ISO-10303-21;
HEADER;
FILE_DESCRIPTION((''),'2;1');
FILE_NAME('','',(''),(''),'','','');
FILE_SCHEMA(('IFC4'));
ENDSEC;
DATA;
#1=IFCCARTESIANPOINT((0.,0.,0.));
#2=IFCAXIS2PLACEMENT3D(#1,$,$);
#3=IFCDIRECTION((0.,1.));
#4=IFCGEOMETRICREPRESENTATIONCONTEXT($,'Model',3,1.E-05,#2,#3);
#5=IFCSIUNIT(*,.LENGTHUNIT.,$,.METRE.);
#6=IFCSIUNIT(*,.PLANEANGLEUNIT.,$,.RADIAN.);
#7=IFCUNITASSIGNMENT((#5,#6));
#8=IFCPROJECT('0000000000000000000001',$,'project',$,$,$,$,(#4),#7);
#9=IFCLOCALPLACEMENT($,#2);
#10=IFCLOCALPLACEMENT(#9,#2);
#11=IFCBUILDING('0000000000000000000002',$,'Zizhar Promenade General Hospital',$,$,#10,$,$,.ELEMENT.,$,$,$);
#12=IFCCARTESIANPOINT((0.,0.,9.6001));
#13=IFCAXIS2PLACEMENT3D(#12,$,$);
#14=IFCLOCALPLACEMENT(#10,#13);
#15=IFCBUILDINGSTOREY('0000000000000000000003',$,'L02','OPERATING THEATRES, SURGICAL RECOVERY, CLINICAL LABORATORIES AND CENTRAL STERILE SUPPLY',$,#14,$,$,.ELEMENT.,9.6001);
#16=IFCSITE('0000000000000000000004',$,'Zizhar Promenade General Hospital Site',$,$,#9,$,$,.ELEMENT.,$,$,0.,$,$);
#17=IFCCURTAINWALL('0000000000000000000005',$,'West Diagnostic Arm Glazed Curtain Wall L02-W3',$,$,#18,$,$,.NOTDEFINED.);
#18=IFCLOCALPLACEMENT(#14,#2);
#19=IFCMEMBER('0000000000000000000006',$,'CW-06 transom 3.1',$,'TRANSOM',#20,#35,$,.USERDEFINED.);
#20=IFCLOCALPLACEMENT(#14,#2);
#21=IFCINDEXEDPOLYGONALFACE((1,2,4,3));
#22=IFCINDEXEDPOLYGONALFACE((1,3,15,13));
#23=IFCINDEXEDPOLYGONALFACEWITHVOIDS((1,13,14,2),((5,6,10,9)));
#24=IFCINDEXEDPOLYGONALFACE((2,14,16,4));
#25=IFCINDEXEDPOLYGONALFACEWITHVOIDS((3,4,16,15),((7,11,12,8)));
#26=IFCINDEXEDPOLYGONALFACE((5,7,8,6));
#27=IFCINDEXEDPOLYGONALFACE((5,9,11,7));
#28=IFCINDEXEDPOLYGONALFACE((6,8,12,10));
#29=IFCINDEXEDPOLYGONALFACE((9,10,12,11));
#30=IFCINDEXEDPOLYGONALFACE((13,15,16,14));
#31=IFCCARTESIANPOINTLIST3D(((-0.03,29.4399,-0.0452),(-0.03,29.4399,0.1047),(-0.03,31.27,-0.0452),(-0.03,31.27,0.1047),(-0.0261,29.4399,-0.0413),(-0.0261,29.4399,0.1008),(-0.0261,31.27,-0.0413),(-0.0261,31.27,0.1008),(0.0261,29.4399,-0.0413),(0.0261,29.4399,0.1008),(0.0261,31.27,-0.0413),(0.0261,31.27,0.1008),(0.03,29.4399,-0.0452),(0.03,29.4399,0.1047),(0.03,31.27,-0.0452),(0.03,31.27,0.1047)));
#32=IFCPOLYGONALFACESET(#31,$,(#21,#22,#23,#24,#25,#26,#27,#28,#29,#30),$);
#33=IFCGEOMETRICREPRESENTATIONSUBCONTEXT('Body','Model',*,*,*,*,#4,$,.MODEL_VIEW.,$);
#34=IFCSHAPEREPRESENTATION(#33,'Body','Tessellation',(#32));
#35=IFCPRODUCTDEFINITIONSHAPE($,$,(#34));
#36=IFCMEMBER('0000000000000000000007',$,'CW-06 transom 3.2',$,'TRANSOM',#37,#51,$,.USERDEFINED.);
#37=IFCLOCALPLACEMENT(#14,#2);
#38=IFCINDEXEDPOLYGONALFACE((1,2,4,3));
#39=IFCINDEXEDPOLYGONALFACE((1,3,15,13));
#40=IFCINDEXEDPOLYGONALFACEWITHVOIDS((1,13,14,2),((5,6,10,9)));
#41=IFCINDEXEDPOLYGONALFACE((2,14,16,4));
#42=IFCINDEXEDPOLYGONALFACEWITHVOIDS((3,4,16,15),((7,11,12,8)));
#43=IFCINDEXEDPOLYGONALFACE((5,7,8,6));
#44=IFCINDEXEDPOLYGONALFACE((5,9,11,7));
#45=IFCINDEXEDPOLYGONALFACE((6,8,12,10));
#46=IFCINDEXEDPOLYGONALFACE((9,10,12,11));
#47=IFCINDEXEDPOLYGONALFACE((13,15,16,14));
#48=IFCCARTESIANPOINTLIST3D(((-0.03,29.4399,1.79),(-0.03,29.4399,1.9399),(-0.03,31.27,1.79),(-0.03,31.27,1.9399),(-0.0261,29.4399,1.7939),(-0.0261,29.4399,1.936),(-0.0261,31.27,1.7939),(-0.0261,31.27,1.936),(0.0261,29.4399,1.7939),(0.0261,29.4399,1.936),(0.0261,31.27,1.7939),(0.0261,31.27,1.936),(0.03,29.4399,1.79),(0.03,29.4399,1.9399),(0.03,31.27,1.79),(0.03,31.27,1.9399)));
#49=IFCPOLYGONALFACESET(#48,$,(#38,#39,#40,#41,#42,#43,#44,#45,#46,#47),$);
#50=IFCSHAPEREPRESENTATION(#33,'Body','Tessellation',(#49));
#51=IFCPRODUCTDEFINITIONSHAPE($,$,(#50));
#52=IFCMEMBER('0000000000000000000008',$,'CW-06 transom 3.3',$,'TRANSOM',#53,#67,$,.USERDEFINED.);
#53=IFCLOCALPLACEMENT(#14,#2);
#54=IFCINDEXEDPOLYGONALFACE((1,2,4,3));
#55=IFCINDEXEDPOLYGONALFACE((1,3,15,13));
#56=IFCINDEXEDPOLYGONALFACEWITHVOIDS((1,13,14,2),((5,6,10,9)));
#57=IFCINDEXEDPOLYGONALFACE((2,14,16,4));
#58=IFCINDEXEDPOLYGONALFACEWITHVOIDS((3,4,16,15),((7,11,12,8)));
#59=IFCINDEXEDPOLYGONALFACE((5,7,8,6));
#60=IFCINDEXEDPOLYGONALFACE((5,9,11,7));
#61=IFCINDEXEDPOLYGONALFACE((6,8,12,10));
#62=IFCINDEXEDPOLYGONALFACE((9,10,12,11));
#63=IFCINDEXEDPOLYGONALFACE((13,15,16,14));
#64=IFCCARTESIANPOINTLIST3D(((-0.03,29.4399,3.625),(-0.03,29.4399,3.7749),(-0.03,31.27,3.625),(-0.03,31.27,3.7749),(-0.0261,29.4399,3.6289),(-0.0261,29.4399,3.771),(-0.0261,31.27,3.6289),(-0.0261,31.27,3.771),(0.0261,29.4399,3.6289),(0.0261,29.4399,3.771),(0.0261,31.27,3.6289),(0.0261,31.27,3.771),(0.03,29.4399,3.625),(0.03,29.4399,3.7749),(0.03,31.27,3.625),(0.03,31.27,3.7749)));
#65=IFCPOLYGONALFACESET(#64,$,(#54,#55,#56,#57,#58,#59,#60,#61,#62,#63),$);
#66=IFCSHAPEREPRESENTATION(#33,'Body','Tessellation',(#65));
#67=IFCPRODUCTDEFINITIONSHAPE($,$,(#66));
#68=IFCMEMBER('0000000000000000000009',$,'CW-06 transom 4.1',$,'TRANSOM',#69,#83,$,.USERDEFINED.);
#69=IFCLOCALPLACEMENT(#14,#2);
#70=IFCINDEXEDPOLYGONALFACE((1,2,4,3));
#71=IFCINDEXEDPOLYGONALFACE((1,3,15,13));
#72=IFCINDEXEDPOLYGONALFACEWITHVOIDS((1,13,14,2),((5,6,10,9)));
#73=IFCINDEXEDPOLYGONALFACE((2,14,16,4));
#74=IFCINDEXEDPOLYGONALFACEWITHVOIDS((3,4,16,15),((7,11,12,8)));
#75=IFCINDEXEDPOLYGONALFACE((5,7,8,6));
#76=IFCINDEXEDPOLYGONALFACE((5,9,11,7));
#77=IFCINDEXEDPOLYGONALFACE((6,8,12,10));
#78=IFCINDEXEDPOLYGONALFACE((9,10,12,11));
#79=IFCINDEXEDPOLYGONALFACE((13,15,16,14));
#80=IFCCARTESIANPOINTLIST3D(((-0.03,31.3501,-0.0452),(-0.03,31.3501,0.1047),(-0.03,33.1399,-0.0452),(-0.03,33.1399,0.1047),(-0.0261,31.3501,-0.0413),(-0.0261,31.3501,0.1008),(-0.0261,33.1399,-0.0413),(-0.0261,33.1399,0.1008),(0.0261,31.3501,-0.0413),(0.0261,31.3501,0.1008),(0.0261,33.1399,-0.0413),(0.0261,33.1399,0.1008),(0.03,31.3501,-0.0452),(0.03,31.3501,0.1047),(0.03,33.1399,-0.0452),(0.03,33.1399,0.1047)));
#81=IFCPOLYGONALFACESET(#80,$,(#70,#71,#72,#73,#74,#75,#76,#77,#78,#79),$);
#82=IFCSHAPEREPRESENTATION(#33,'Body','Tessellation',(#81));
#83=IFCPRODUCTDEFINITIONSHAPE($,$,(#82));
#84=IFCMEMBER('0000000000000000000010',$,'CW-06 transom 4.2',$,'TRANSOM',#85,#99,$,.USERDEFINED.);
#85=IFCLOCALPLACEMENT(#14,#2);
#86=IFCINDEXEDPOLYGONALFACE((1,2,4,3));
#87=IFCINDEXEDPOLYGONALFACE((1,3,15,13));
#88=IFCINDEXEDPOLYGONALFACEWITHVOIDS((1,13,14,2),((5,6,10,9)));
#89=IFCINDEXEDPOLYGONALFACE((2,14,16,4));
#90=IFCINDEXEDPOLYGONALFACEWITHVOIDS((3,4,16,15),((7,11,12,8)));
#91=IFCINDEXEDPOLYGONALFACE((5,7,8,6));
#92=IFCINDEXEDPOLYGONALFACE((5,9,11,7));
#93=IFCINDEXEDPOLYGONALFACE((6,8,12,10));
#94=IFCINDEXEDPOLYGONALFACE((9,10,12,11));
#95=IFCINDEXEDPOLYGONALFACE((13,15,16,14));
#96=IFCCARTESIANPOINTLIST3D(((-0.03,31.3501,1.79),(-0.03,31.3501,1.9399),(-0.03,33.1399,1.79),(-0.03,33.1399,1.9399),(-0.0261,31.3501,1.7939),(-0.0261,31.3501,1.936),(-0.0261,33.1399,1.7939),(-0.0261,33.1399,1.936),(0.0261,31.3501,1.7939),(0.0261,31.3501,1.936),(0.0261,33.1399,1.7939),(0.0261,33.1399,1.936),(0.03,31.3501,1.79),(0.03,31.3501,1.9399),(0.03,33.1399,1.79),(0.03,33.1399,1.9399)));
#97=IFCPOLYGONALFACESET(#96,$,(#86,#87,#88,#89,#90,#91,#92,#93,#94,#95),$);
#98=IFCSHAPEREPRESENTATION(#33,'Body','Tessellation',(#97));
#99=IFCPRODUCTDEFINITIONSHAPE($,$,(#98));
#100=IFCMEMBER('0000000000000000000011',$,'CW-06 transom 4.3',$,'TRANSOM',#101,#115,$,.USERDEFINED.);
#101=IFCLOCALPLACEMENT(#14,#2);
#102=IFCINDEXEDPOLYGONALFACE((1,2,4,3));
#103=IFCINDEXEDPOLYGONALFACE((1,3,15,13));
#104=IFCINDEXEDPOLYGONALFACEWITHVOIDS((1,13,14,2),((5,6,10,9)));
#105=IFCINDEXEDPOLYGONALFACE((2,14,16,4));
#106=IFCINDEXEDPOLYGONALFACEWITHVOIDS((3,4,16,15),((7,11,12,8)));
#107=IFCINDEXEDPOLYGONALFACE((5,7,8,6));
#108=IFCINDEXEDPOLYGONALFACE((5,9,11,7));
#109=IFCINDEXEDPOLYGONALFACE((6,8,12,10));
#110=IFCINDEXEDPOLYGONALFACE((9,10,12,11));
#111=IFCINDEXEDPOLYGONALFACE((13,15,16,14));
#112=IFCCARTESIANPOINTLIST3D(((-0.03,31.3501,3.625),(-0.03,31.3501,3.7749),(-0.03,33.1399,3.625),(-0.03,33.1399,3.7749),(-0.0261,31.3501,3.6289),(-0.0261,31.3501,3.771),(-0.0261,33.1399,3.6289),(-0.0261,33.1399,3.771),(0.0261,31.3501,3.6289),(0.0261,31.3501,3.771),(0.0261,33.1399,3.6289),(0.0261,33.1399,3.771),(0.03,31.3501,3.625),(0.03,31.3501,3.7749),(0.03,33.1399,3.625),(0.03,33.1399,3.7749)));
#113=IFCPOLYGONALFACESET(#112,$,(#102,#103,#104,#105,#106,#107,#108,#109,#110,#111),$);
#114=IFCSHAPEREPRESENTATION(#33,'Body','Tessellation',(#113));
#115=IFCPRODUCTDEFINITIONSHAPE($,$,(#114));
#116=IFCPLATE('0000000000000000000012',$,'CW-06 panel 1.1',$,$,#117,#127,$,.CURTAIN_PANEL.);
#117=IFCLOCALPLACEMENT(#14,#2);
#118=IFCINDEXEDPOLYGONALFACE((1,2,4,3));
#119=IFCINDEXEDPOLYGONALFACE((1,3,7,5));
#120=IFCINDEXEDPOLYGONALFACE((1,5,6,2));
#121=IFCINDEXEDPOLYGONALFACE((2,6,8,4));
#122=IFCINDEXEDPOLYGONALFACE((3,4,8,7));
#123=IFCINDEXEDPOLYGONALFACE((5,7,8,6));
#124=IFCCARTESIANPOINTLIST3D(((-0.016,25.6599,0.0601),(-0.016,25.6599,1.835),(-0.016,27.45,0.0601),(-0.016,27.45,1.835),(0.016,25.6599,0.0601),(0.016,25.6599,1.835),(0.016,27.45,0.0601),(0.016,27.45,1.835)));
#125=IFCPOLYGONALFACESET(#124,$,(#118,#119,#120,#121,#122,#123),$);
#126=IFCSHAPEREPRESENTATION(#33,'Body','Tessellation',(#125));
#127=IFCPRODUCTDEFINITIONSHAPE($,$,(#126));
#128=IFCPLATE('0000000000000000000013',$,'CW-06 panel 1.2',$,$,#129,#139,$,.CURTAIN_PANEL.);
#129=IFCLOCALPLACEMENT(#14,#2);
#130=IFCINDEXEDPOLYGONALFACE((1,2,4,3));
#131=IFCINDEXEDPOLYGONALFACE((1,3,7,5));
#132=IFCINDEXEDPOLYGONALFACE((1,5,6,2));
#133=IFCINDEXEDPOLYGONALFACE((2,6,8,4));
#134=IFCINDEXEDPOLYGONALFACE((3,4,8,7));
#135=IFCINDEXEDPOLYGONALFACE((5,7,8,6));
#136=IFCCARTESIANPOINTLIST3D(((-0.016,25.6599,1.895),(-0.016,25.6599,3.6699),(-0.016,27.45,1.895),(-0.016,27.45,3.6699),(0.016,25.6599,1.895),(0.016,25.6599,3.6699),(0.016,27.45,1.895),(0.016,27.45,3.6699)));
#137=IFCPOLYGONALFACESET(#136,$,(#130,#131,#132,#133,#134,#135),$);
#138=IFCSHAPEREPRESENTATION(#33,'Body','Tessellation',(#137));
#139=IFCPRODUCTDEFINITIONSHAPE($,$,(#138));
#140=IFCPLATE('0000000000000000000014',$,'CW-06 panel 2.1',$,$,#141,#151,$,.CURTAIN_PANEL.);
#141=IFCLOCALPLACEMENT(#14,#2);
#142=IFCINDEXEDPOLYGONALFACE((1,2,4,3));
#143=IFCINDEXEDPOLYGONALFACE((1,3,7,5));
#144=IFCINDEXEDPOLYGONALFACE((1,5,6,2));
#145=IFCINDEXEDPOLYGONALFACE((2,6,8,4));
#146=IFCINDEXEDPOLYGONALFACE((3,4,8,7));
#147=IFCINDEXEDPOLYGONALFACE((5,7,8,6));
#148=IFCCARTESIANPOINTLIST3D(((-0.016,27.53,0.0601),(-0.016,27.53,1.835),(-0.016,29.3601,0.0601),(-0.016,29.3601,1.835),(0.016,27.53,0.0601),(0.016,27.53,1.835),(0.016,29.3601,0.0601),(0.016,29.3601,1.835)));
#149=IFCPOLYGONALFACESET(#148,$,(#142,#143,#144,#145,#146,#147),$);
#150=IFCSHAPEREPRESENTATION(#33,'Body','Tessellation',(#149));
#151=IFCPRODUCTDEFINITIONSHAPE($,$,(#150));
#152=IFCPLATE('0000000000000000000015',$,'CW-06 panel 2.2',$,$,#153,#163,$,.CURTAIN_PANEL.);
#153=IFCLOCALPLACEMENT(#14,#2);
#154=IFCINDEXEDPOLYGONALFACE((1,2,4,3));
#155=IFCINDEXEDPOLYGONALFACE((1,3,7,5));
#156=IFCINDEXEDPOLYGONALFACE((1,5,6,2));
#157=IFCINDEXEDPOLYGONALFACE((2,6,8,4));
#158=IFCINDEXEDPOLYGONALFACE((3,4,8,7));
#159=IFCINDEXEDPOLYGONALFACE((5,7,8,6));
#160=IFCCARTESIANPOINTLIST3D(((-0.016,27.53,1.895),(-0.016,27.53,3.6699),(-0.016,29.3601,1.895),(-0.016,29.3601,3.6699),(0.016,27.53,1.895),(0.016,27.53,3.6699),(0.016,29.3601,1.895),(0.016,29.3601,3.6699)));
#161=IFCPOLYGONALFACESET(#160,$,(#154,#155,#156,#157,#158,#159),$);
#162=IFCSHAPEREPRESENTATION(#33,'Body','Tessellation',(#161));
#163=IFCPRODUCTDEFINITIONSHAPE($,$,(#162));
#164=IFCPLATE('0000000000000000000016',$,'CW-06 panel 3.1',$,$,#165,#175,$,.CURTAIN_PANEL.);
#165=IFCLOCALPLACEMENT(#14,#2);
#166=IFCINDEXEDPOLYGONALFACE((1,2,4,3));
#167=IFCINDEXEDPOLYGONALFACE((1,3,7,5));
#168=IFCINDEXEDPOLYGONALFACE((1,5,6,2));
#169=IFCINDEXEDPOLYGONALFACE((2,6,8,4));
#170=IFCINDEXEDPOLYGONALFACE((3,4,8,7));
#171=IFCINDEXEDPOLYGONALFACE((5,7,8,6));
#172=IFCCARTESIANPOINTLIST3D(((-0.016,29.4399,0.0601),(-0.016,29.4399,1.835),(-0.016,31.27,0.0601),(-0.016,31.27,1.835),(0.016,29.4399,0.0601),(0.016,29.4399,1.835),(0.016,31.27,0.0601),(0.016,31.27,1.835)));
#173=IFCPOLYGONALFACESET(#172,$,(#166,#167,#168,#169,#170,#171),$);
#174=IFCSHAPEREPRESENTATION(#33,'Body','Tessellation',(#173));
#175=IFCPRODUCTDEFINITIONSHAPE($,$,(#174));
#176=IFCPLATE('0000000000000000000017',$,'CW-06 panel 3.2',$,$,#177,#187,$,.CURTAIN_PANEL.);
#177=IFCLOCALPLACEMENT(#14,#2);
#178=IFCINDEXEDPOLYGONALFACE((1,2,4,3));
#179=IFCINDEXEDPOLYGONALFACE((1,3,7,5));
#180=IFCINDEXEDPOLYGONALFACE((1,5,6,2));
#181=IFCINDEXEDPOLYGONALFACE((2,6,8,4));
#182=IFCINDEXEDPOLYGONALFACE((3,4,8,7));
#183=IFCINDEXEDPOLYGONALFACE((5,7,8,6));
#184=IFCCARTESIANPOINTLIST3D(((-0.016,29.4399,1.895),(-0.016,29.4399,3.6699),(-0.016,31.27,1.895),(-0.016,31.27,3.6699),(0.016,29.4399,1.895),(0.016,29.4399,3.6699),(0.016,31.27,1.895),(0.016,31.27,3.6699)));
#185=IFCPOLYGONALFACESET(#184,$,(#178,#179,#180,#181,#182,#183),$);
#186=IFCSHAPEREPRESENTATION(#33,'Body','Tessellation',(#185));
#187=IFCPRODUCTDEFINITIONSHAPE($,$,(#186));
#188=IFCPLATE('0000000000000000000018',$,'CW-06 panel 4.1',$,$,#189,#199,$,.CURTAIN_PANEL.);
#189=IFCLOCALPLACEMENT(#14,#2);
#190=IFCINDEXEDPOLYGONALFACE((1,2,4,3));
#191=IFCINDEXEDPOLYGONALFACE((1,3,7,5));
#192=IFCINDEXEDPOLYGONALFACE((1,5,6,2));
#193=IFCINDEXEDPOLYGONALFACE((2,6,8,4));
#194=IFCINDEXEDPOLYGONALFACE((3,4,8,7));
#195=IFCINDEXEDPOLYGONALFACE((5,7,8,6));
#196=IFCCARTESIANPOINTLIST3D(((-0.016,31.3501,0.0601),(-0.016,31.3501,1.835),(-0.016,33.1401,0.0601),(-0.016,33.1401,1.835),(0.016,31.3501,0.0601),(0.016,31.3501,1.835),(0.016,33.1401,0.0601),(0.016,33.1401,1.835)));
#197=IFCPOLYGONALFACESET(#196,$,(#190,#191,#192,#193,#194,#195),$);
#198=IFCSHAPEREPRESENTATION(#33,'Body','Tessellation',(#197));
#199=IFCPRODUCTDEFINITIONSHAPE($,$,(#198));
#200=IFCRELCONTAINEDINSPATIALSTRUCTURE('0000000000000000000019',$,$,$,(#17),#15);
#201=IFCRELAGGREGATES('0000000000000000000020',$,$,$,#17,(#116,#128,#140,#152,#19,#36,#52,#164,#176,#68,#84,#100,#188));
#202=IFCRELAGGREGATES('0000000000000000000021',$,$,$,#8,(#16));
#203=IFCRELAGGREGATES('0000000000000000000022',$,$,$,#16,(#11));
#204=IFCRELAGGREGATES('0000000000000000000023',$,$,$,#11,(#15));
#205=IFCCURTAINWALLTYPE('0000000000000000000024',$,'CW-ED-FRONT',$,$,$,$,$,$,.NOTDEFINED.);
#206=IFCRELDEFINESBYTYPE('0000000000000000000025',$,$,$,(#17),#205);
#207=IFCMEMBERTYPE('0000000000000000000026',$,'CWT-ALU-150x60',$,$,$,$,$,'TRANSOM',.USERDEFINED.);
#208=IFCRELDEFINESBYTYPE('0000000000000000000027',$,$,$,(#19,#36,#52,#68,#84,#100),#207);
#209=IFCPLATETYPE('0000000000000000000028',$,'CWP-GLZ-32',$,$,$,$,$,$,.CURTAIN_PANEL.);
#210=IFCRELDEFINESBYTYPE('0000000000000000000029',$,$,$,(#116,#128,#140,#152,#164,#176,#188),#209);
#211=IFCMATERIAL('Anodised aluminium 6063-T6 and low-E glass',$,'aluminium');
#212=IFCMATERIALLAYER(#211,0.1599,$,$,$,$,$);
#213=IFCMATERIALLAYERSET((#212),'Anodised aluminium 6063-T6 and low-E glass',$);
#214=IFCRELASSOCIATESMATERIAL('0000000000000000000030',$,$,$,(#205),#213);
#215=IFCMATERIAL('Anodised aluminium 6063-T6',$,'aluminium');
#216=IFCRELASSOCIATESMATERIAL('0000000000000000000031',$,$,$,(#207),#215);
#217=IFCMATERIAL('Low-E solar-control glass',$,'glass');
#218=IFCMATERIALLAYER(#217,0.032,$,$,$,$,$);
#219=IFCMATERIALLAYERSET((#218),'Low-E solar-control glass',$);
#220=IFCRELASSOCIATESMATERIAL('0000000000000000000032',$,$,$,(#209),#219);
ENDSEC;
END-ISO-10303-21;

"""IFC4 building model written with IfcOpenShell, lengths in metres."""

from ifc_helpers import new_model, si_unit, direction, frame, origin, origin_2d, place, context, subcontext, project, spatial, rectangle, hollow_rectangle, extrude, material, layer, layer_set, material_profile, profile_set, type_object, element, aggregate, save


model = new_model("IFC4")

# Units and contexts
model_context = context("Model", 3, precision=1e-05, world=origin(), true_north=direction((0.0, 1.0)))
body_context = subcontext(model_context, "Body", "Model", "MODEL_VIEW")
ifc_project = project(units=[si_unit("LENGTHUNIT", "METRE"), si_unit("PLANEANGLEUNIT", "RADIAN")], contexts=[model_context])

# Site, building, storey
site_placement = place(None, origin())
site = spatial("IfcSite", under=ifc_project, at=site_placement, Name="Zizhar Promenade General Hospital Site", CompositionType="ELEMENT", RefElevation=0.0)
building_placement = place(site_placement, origin())
building = spatial("IfcBuilding", under=site, at=building_placement, Name="Zizhar Promenade General Hospital", CompositionType="ELEMENT")
storey_placement = place(building_placement, frame((0.0, 0.0, 9.6001)))
storey = spatial("IfcBuildingStorey", under=building, at=storey_placement, Name="L02", Description="OPERATING THEATRES, SURGICAL RECOVERY, CLINICAL LABORATORIES AND CENTRAL STERILE SUPPLY", CompositionType="ELEMENT", Elevation=9.6001)

# Curtain wall, members, plates
ifc_material_1 = material(Name="Anodised aluminium 6063-T6 and low-E glass", Category="aluminium")
ifc_layer_1 = layer(ifc_material_1, 0.1599)
ifc_layer_set_1 = layer_set([ifc_layer_1], Name="Anodised aluminium 6063-T6 and low-E glass")
curtain_wall_type = type_object("IfcCurtainWallType", Name="CW-ED-FRONT", PredefinedType="NOTDEFINED", material=ifc_layer_set_1)
curtain_wall_placement = place(storey_placement, origin())
curtain_wall = element("IfcCurtainWall", 1, at=curtain_wall_placement, inside=storey, type_object=curtain_wall_type, Name="West Diagnostic Arm Glazed Curtain Wall L02-W3", PredefinedType="NOTDEFINED")
ifc_material_2 = material(Name="Anodised aluminium 6063-T6", Category="aluminium")
ifc_material_profile_1 = material_profile(ifc_material_2, hollow_rectangle(XDim=0.0601, YDim=0.1499, WallThickness=0.0039, at=origin_2d()))
ifc_profile_set_1 = profile_set([ifc_material_profile_1], Name="Anodised aluminium 6063-T6")
member_type_1 = type_object("IfcMemberType", Name="CWT-ALU-150x60", ElementType="TRANSOM", PredefinedType="USERDEFINED", material=ifc_profile_set_1)
member_1_placement = place(storey_placement, frame((0.0, 29.4399, 0.0298), z_axis=(0.0, 1.0, 0.0), x_axis=(-1.0, 0.0, 0.0)))
member_1 = element("IfcMember", 2, at=member_1_placement, type_object=member_type_1, Name="CW-06 transom 3.1", ObjectType="TRANSOM", PredefinedType="USERDEFINED", context=body_context, shape_type="SweptSolid", body=[
    extrude(hollow_rectangle(XDim=0.0601, YDim=0.1499, WallThickness=0.0039, at=origin_2d()), origin(), (0.0, 0.0, 1.0), 1.8301),
])
member_2_placement = place(storey_placement, frame((0.0, 29.4399, 1.865), z_axis=(0.0, 1.0, 0.0), x_axis=(-1.0, 0.0, 0.0)))
member_2 = element("IfcMember", 3, at=member_2_placement, type_object=member_type_1, Name="CW-06 transom 3.2", ObjectType="TRANSOM", PredefinedType="USERDEFINED", context=body_context, shape_type="SweptSolid", body=[
    extrude(hollow_rectangle(XDim=0.0601, YDim=0.1499, WallThickness=0.0039, at=origin_2d()), origin(), (0.0, 0.0, 1.0), 1.8301),
])
member_3_placement = place(storey_placement, frame((0.0, 29.4399, 3.7), z_axis=(0.0, 1.0, 0.0), x_axis=(-1.0, 0.0, 0.0)))
member_3 = element("IfcMember", 4, at=member_3_placement, type_object=member_type_1, Name="CW-06 transom 3.3", ObjectType="TRANSOM", PredefinedType="USERDEFINED", context=body_context, shape_type="SweptSolid", body=[
    extrude(hollow_rectangle(XDim=0.0601, YDim=0.1499, WallThickness=0.0039, at=origin_2d()), origin(), (0.0, 0.0, 1.0), 1.8301),
])
member_4_placement = place(storey_placement, frame((0.0, 31.3501, 0.0298), z_axis=(0.0, 1.0, 0.0), x_axis=(-1.0, 0.0, 0.0)))
member_4 = element("IfcMember", 5, at=member_4_placement, type_object=member_type_1, Name="CW-06 transom 4.1", ObjectType="TRANSOM", PredefinedType="USERDEFINED", context=body_context, shape_type="SweptSolid", body=[
    extrude(hollow_rectangle(XDim=0.0601, YDim=0.1499, WallThickness=0.0039, at=origin_2d()), origin(), (0.0, 0.0, 1.0), 1.7898),
])
member_5_placement = place(storey_placement, frame((0.0, 31.3501, 1.865), z_axis=(0.0, 1.0, 0.0), x_axis=(-1.0, 0.0, 0.0)))
member_5 = element("IfcMember", 6, at=member_5_placement, type_object=member_type_1, Name="CW-06 transom 4.2", ObjectType="TRANSOM", PredefinedType="USERDEFINED", context=body_context, shape_type="SweptSolid", body=[
    extrude(hollow_rectangle(XDim=0.0601, YDim=0.1499, WallThickness=0.0039, at=origin_2d()), origin(), (0.0, 0.0, 1.0), 1.7898),
])
member_6_placement = place(storey_placement, frame((0.0, 31.3501, 3.7), z_axis=(0.0, 1.0, 0.0), x_axis=(-1.0, 0.0, 0.0)))
member_6 = element("IfcMember", 7, at=member_6_placement, type_object=member_type_1, Name="CW-06 transom 4.3", ObjectType="TRANSOM", PredefinedType="USERDEFINED", context=body_context, shape_type="SweptSolid", body=[
    extrude(hollow_rectangle(XDim=0.0601, YDim=0.1499, WallThickness=0.0039, at=origin_2d()), origin(), (0.0, 0.0, 1.0), 1.7898),
])
ifc_material_3 = material(Name="Low-E solar-control glass", Category="glass")
ifc_layer_2 = layer(ifc_material_3, 0.032)
ifc_layer_set_2 = layer_set([ifc_layer_2], Name="Low-E solar-control glass")
plate_type = type_object("IfcPlateType", Name="CWP-GLZ-32", PredefinedType="CURTAIN_PANEL", material=ifc_layer_set_2)
plate_1_placement = place(storey_placement, frame((0.0, 26.5549, 0.0601), z_axis=(0.0, 0.0, 1.0), x_axis=(0.0, 1.0, 0.0)))
plate_1 = element("IfcPlate", 8, at=plate_1_placement, type_object=plate_type, Name="CW-06 panel 1.1", PredefinedType="CURTAIN_PANEL", context=body_context, shape_type="SweptSolid", body=[
    extrude(rectangle(XDim=1.79, YDim=0.032, at=origin_2d()), origin(), (0.0, 0.0, 1.0), 1.7749),
])
plate_2_placement = place(storey_placement, frame((0.0, 26.5549, 1.895), z_axis=(0.0, 0.0, 1.0), x_axis=(0.0, 1.0, 0.0)))
plate_2 = element("IfcPlate", 9, at=plate_2_placement, type_object=plate_type, Name="CW-06 panel 1.2", PredefinedType="CURTAIN_PANEL", context=body_context, shape_type="SweptSolid", body=[
    extrude(rectangle(XDim=1.79, YDim=0.032, at=origin_2d()), origin(), (0.0, 0.0, 1.0), 1.7749),
])
plate_3_placement = place(storey_placement, frame((0.0, 28.4451, 0.0601), z_axis=(0.0, 0.0, 1.0), x_axis=(0.0, 1.0, 0.0)))
plate_3 = element("IfcPlate", 10, at=plate_3_placement, type_object=plate_type, Name="CW-06 panel 2.1", PredefinedType="CURTAIN_PANEL", context=body_context, shape_type="SweptSolid", body=[
    extrude(rectangle(XDim=1.8301, YDim=0.032, at=origin_2d()), origin(), (0.0, 0.0, 1.0), 1.7749),
])
plate_4_placement = place(storey_placement, frame((0.0, 28.4451, 1.895), z_axis=(0.0, 0.0, 1.0), x_axis=(0.0, 1.0, 0.0)))
plate_4 = element("IfcPlate", 11, at=plate_4_placement, type_object=plate_type, Name="CW-06 panel 2.2", PredefinedType="CURTAIN_PANEL", context=body_context, shape_type="SweptSolid", body=[
    extrude(rectangle(XDim=1.8301, YDim=0.032, at=origin_2d()), origin(), (0.0, 0.0, 1.0), 1.7749),
])
plate_5_placement = place(storey_placement, frame((0.0, 30.355, 0.0601), z_axis=(0.0, 0.0, 1.0), x_axis=(0.0, 1.0, 0.0)))
plate_5 = element("IfcPlate", 12, at=plate_5_placement, type_object=plate_type, Name="CW-06 panel 3.1", PredefinedType="CURTAIN_PANEL", context=body_context, shape_type="SweptSolid", body=[
    extrude(rectangle(XDim=1.8301, YDim=0.032, at=origin_2d()), origin(), (0.0, 0.0, 1.0), 1.7749),
])
plate_6_placement = place(storey_placement, frame((0.0, 30.355, 1.895), z_axis=(0.0, 0.0, 1.0), x_axis=(0.0, 1.0, 0.0)))
plate_6 = element("IfcPlate", 13, at=plate_6_placement, type_object=plate_type, Name="CW-06 panel 3.2", PredefinedType="CURTAIN_PANEL", context=body_context, shape_type="SweptSolid", body=[
    extrude(rectangle(XDim=1.8301, YDim=0.032, at=origin_2d()), origin(), (0.0, 0.0, 1.0), 1.7749),
])
plate_7_placement = place(storey_placement, frame((0.0, 32.2451, 0.0601), z_axis=(0.0, 0.0, 1.0), x_axis=(0.0, 1.0, 0.0)))
plate_7 = element("IfcPlate", 14, at=plate_7_placement, type_object=plate_type, Name="CW-06 panel 4.1", PredefinedType="CURTAIN_PANEL", context=body_context, shape_type="SweptSolid", body=[
    extrude(rectangle(XDim=1.79, YDim=0.032, at=origin_2d()), origin(), (0.0, 0.0, 1.0), 1.7749),
])
aggregate(curtain_wall, [plate_1, plate_2, plate_3, plate_4, member_1, member_2, member_3, plate_5, plate_6, member_4, member_5, member_6, plate_7])

save(model, "model.ifc")
